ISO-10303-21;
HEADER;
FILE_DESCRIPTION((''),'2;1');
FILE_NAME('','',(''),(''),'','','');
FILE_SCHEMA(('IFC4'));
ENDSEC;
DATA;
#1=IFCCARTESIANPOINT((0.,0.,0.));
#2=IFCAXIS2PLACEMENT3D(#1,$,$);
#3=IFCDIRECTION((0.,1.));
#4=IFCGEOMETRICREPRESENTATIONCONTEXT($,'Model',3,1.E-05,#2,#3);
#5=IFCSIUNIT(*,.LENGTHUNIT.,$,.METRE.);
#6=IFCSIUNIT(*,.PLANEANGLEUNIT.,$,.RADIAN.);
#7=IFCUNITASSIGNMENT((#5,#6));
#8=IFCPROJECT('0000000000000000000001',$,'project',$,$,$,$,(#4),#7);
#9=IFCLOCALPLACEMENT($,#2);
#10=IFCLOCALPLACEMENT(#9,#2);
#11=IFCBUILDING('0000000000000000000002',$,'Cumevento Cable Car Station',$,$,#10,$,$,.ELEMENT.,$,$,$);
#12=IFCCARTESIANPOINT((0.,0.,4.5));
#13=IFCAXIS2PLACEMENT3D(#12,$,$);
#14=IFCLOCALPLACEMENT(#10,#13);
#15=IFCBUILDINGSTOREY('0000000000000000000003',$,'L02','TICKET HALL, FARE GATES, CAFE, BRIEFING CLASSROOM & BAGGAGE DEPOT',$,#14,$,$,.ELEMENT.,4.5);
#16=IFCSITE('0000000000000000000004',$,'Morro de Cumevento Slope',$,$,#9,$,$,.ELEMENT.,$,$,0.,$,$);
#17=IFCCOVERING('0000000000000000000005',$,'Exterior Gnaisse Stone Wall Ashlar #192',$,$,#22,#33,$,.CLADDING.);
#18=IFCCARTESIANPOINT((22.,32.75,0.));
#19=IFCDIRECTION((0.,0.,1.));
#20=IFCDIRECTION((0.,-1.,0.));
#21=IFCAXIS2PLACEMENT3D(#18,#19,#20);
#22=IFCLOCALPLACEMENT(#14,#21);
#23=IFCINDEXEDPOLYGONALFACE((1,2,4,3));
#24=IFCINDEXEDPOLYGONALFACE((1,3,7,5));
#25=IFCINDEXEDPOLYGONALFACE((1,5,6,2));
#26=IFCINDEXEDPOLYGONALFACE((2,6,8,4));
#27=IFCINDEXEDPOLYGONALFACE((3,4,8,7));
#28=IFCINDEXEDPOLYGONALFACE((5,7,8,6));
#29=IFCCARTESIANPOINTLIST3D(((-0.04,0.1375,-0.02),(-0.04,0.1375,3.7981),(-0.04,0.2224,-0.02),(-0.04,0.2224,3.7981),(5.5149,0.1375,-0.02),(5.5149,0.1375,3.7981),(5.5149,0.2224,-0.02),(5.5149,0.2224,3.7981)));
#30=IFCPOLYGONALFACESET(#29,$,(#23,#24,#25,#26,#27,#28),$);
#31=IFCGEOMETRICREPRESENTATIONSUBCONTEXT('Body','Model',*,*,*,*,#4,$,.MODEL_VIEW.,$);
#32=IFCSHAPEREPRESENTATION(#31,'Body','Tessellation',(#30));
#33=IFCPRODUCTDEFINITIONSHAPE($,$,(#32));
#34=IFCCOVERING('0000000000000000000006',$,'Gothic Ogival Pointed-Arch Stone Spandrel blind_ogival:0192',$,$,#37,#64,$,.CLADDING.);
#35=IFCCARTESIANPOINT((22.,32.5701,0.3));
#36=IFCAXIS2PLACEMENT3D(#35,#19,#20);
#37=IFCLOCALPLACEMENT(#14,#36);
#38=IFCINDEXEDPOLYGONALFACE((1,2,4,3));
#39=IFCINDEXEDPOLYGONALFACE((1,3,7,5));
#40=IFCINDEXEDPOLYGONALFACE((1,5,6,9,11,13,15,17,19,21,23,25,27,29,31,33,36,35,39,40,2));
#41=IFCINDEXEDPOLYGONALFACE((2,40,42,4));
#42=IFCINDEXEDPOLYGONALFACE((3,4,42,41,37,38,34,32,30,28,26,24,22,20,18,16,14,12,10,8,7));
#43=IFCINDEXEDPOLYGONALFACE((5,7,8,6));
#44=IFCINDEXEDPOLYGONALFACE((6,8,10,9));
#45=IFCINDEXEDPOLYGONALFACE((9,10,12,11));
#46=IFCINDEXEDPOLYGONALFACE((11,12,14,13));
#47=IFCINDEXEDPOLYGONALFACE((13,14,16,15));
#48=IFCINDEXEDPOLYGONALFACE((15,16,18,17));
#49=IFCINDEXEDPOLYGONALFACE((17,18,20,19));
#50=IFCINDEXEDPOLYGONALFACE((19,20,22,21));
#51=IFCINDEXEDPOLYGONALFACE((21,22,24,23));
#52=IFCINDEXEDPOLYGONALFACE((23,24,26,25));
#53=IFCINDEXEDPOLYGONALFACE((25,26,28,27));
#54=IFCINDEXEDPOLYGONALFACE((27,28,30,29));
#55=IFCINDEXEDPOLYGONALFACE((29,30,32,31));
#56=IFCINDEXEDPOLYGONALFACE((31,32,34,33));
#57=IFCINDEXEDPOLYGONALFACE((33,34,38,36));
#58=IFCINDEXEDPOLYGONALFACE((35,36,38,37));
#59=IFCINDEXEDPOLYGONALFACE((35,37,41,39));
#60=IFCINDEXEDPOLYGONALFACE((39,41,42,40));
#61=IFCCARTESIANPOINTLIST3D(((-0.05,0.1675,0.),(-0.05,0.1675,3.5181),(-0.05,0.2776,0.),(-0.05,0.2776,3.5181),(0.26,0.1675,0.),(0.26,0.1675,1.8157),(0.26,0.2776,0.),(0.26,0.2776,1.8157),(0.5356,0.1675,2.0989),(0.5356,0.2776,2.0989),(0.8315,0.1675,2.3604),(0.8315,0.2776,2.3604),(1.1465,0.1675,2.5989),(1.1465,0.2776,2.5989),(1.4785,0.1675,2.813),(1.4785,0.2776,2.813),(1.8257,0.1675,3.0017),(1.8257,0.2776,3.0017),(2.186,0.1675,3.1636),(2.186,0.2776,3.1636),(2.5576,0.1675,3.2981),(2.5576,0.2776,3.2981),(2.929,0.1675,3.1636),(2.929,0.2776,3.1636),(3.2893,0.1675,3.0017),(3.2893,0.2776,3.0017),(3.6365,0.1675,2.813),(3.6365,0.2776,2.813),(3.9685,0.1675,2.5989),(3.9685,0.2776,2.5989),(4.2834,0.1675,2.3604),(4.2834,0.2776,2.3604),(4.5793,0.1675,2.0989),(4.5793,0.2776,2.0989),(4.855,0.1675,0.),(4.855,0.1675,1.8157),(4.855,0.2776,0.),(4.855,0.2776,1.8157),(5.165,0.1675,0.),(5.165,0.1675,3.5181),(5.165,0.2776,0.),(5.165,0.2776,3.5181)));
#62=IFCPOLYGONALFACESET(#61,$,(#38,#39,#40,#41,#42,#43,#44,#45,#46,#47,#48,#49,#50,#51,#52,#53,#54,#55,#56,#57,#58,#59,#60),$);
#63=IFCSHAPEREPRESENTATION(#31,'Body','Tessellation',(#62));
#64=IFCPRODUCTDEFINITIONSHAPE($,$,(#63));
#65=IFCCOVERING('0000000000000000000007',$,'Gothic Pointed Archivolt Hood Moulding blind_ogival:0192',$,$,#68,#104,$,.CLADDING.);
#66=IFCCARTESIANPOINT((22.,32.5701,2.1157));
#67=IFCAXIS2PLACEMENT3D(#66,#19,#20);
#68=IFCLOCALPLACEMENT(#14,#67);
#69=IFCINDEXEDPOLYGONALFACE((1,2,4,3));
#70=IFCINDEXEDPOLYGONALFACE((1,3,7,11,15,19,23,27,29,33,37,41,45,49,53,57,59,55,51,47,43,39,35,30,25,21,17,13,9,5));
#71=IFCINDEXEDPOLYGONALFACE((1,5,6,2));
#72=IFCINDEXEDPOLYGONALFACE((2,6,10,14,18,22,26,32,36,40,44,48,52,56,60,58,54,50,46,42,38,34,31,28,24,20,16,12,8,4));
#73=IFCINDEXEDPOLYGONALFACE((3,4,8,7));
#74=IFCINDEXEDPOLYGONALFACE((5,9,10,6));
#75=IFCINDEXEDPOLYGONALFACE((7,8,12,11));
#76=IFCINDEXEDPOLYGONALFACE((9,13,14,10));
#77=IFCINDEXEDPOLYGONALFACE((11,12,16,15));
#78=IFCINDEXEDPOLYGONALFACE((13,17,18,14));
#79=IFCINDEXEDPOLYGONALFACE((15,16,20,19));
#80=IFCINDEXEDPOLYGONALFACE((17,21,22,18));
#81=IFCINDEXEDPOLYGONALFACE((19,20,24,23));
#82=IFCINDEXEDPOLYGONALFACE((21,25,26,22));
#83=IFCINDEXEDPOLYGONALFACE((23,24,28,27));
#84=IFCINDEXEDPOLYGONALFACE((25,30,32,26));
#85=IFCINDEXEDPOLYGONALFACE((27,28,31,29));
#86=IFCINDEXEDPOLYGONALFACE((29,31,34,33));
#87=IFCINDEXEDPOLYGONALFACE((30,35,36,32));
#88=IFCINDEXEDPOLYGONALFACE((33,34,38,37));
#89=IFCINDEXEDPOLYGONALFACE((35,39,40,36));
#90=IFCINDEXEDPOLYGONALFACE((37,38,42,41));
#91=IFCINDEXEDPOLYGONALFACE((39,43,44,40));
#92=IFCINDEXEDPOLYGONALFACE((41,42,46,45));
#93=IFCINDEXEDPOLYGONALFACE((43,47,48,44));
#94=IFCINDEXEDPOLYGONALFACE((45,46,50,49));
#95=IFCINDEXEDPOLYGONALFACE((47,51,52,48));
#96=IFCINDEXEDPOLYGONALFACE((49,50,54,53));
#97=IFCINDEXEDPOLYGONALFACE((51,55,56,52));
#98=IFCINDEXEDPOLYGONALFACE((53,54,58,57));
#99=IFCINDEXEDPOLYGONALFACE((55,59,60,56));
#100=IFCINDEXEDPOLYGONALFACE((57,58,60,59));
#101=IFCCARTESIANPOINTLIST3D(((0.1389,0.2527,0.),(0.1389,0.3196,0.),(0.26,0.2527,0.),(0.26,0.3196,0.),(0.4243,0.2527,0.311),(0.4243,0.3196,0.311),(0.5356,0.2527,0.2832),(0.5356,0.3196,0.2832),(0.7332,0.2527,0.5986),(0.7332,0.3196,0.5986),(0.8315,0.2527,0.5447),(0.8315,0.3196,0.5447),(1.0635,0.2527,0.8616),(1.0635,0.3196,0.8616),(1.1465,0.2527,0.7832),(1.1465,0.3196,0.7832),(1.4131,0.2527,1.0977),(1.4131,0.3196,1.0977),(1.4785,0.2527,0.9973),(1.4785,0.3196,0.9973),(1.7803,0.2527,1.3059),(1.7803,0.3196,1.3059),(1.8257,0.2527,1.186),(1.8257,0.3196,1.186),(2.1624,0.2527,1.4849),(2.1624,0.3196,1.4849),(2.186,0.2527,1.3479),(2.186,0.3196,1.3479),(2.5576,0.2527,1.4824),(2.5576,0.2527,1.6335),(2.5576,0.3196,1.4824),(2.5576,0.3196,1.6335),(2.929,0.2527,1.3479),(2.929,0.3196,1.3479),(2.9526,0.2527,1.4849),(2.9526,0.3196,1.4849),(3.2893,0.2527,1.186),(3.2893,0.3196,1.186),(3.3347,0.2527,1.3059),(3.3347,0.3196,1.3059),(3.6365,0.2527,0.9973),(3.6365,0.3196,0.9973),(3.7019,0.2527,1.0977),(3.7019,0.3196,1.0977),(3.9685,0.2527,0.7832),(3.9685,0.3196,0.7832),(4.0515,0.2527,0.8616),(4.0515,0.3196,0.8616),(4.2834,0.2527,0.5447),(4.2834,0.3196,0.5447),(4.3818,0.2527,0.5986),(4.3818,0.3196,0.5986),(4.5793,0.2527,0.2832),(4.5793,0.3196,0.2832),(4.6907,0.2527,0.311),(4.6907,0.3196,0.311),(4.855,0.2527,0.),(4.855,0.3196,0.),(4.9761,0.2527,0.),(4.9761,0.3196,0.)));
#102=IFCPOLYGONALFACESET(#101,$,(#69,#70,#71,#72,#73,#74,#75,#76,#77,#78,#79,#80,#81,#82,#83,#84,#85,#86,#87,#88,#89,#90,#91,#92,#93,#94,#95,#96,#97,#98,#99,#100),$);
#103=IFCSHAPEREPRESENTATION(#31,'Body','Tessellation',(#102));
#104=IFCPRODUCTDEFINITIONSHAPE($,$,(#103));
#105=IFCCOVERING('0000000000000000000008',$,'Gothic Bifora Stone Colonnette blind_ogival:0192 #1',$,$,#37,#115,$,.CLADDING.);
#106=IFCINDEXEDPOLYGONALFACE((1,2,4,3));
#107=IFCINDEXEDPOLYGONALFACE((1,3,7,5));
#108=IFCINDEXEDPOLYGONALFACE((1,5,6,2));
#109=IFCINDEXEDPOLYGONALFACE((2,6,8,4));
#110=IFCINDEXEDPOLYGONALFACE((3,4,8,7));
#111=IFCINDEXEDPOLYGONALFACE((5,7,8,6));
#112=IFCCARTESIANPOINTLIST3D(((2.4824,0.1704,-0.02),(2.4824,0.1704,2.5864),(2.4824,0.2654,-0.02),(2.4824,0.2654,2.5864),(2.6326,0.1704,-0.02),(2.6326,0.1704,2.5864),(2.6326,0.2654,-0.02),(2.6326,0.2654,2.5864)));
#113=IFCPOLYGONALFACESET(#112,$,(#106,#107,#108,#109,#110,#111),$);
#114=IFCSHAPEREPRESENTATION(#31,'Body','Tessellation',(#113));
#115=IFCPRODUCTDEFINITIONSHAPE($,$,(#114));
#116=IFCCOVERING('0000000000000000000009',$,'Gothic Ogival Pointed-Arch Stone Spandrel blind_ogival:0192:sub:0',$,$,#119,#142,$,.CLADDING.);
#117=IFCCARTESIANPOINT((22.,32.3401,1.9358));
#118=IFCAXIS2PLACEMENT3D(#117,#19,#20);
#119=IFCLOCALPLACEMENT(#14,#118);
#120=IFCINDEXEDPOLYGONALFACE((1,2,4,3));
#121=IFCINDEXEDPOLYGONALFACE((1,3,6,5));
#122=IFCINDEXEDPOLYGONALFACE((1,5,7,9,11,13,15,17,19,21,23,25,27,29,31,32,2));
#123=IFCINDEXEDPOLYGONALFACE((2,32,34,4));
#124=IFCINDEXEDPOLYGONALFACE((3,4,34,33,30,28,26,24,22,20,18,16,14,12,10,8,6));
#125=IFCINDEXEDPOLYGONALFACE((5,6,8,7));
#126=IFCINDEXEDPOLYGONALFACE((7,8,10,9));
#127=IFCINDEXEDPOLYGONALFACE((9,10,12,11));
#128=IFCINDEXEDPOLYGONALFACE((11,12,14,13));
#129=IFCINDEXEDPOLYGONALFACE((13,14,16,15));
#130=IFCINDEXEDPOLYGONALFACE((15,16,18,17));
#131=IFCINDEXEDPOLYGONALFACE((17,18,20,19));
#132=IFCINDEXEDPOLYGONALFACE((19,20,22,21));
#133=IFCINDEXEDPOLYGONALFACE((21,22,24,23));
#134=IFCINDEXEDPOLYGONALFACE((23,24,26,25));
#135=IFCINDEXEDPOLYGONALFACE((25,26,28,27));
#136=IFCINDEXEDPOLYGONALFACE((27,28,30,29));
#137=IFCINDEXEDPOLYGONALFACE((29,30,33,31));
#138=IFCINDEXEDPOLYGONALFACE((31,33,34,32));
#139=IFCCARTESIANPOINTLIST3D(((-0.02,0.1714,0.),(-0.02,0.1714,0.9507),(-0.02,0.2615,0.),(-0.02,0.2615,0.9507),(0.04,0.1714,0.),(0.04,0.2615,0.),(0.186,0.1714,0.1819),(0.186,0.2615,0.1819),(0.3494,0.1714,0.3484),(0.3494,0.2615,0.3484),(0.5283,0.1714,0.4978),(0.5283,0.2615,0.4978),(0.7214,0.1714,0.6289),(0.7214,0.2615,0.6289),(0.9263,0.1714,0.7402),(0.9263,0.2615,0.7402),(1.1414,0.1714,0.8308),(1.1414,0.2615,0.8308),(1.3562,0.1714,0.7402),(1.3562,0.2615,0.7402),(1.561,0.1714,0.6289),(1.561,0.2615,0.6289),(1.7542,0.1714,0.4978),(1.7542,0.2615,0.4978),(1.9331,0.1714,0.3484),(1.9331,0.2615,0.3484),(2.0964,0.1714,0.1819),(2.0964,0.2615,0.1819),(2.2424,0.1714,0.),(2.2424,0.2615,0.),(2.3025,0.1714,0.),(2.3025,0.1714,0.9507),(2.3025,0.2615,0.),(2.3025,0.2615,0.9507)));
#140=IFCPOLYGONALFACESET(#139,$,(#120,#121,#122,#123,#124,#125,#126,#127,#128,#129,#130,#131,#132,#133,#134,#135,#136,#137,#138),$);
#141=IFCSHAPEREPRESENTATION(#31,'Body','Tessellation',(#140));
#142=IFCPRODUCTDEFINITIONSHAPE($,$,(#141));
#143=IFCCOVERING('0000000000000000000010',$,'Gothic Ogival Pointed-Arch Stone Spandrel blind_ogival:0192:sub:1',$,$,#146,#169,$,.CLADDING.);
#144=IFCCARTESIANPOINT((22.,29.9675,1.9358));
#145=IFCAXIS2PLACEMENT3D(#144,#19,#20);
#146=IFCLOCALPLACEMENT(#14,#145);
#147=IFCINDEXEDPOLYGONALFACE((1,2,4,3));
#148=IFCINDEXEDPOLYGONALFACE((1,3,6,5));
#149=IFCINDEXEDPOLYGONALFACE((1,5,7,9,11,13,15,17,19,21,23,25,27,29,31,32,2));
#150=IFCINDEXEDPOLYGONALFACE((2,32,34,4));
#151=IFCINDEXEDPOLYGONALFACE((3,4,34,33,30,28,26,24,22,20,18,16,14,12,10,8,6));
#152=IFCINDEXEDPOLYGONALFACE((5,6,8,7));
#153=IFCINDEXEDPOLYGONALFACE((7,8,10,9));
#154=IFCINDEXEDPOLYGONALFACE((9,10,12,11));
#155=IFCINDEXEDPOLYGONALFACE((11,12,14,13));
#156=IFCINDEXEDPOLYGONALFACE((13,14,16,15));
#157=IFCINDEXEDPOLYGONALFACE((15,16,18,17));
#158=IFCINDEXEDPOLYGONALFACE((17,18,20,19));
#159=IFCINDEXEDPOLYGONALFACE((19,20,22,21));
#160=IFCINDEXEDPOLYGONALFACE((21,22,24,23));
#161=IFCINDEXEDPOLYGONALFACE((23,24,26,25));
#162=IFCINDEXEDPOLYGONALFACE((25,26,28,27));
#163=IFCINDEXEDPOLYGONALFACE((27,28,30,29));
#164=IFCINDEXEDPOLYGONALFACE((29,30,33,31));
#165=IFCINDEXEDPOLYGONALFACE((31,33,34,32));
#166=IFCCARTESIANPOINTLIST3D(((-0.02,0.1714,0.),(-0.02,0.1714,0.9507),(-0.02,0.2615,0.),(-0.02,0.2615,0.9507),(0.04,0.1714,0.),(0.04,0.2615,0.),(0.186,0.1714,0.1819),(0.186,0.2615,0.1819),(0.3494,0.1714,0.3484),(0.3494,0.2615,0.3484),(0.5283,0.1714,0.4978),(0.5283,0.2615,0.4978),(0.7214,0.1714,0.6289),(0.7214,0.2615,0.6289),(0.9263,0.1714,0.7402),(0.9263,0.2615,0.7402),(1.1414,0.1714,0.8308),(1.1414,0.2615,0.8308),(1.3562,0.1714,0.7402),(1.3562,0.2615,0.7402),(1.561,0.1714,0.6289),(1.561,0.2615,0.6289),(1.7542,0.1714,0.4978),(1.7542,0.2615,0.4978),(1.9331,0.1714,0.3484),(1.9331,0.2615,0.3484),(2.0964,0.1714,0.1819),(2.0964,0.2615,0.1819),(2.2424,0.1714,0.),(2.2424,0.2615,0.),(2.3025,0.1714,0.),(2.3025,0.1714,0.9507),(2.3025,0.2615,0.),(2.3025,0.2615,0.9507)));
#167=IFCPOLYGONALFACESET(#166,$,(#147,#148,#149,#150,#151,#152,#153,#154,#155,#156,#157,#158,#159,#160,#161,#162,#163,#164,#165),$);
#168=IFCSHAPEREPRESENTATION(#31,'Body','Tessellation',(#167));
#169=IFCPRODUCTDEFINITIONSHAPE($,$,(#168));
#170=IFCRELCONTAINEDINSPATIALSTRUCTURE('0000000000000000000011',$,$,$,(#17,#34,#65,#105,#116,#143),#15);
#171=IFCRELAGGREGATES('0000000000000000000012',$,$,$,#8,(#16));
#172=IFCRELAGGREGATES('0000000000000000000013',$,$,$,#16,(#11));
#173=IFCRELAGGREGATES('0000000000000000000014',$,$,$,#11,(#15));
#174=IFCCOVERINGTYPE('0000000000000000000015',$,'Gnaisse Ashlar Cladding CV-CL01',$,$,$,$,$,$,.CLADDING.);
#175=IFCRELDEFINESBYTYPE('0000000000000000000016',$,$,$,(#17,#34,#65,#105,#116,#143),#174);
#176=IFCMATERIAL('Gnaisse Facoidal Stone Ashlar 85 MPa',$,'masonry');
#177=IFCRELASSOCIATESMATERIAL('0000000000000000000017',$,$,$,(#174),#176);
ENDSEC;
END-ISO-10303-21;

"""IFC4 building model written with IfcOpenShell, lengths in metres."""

from ifc_helpers import new_model, si_unit, direction, frame, origin, place, context, subcontext, project, spatial, polyline, outline, extrude, material, type_object, element, save


model = new_model("IFC4")

# Units and contexts
model_context = context("Model", 3, precision=1e-05, world=origin(), true_north=direction((0.0, 1.0)))
body_context = subcontext(model_context, "Body", "Model", "MODEL_VIEW")
ifc_project = project(units=[si_unit("LENGTHUNIT", "METRE"), si_unit("PLANEANGLEUNIT", "RADIAN")], contexts=[model_context])

# Site, building, storey
site_placement = place(None, origin())
site = spatial("IfcSite", under=ifc_project, at=site_placement, Name="Morro de Cumevento Slope", CompositionType="ELEMENT", RefElevation=0.0)
building_placement = place(site_placement, origin())
building = spatial("IfcBuilding", under=site, at=building_placement, Name="Cumevento Cable Car Station", CompositionType="ELEMENT")
storey_placement = place(building_placement, frame((0.0, 0.0, 4.5)))
storey = spatial("IfcBuildingStorey", under=building, at=storey_placement, Name="L02", Description="TICKET HALL, FARE GATES, CAFE, BRIEFING CLASSROOM & BAGGAGE DEPOT", CompositionType="ELEMENT", Elevation=4.5)

# Coverings
ifc_material_1 = material(Name="Gnaisse Facoidal Stone Ashlar 85 MPa", Category="masonry")
covering_type = type_object("IfcCoveringType", Name="Gnaisse Ashlar Cladding CV-CL01", PredefinedType="CLADDING", material=ifc_material_1)
covering_1_placement = place(storey_placement, frame((22.0, 32.75, 0.0), z_axis=(0.0, 0.0, 1.0), x_axis=(0.0, -1.0, 0.0)))
element("IfcCovering", 1, at=covering_1_placement, inside=storey, type_object=covering_type, Name="Exterior Gnaisse Stone Wall Ashlar #192", PredefinedType="CLADDING", context=body_context, shape_type="SweptSolid", body=[
    extrude(outline(polyline([(-0.04, -0.02), (5.5149, -0.02), (5.5149, 3.7981), (-0.04, 3.7981), (-0.04, -0.02)])), frame((0.0, 0.2224, 0.0), z_axis=(0.0, -1.0, 0.0), x_axis=(1.0, 0.0, 0.0)), (0.0, 0.0, 1.0), 0.085),
])
placement = place(storey_placement, frame((22.0, 32.5701, 0.3), z_axis=(0.0, 0.0, 1.0), x_axis=(0.0, -1.0, 0.0)))
element("IfcCovering", 2, at=placement, inside=storey, type_object=covering_type, Name="Gothic Ogival Pointed-Arch Stone Spandrel blind_ogival:0192", PredefinedType="CLADDING", context=body_context, shape_type="SweptSolid", body=[
    extrude(outline(polyline([(-0.05, 0.0), (-0.05, 3.5181), (5.165, 3.5181), (5.165, 0.0), (4.855, 0.0), (4.855, 1.8157), (4.5793, 2.0989), (4.2834, 2.3604), (3.9685, 2.5989), (3.6365, 2.813), (3.2893, 3.0017), (2.929, 3.1636), (2.5576, 3.2981), (2.186, 3.1636), (1.8257, 3.0017), (1.4785, 2.813), (1.1465, 2.5989), (0.8315, 2.3604), (0.5356, 2.0989), (0.26, 1.8157), (0.26, 0.0), (-0.05, 0.0)])), frame((0.0, 0.2776, 0.0), z_axis=(0.0, -1.0, 0.0), x_axis=(1.0, 0.0, 0.0)), (0.0, 0.0, 1.0), 0.1101),
])
covering_2_placement = place(storey_placement, frame((22.0, 32.5701, 2.1157), z_axis=(0.0, 0.0, 1.0), x_axis=(0.0, -1.0, 0.0)))
element("IfcCovering", 3, at=covering_2_placement, inside=storey, type_object=covering_type, Name="Gothic Pointed Archivolt Hood Moulding blind_ogival:0192", PredefinedType="CLADDING", context=body_context, shape_type="SweptSolid", body=[
    extrude(outline(polyline([(0.26, 0.0), (0.5356, 0.2832), (0.8315, 0.5447), (1.1465, 0.7832), (1.4785, 0.9973), (1.8257, 1.186), (2.186, 1.3479), (2.5576, 1.4824), (2.929, 1.3479), (3.2893, 1.186), (3.6365, 0.9973), (3.9685, 0.7832), (4.2834, 0.5447), (4.5793, 0.2832), (4.855, 0.0), (4.9761, 0.0), (4.6907, 0.311), (4.3818, 0.5986), (4.0515, 0.8616), (3.7019, 1.0977), (3.3347, 1.3059), (2.9526, 1.4849), (2.5576, 1.6335), (2.1624, 1.4849), (1.7803, 1.3059), (1.4131, 1.0977), (1.0635, 0.8616), (0.7332, 0.5986), (0.4243, 0.311), (0.1389, 0.0), (0.26, 0.0)])), frame((0.0, 0.3196, 0.0), z_axis=(0.0, -1.0, 0.0), x_axis=(1.0, 0.0, 0.0)), (0.0, 0.0, 1.0), 0.0669),
])
element("IfcCovering", 4, at=placement, inside=storey, type_object=covering_type, Name="Gothic Bifora Stone Colonnette blind_ogival:0192 #1", PredefinedType="CLADDING", context=body_context, shape_type="SweptSolid", body=[
    extrude(outline(polyline([(2.4824, -0.02), (2.6326, -0.02), (2.6326, 2.5864), (2.4824, 2.5864), (2.4824, -0.02)])), frame((0.0, 0.2654, 0.0), z_axis=(0.0, -1.0, 0.0), x_axis=(1.0, 0.0, 0.0)), (0.0, 0.0, 1.0), 0.095),
])
for number, where, z_axis, x_axis, name in (
    (5, (22.0, 32.3401, 1.9358), (0.0, 0.0, 1.0), (0.0, -1.0, 0.0), "Gothic Ogival Pointed-Arch Stone Spandrel blind_ogival:0192:sub:0"),
    (6, (22.0, 29.9675, 1.9358), (0.0, 0.0, 1.0), (0.0, -1.0, 0.0), "Gothic Ogival Pointed-Arch Stone Spandrel blind_ogival:0192:sub:1"),
):
    element("IfcCovering", number, at=place(storey_placement, frame(where, z_axis=z_axis, x_axis=x_axis)), inside=storey, type_object=covering_type, Name=name, PredefinedType="CLADDING", context=body_context, shape_type="SweptSolid", body=[
        extrude(outline(polyline([(-0.02, 0.0), (-0.02, 0.9507), (2.3025, 0.9507), (2.3025, 0.0), (2.2424, 0.0), (2.0964, 0.1819), (1.9331, 0.3484), (1.7542, 0.4978), (1.561, 0.6289), (1.3562, 0.7402), (1.1414, 0.8308), (0.9263, 0.7402), (0.7214, 0.6289), (0.5283, 0.4978), (0.3494, 0.3484), (0.186, 0.1819), (0.04, 0.0), (-0.02, 0.0)])), frame((0.0, 0.2615, 0.0), z_axis=(0.0, -1.0, 0.0), x_axis=(1.0, 0.0, 0.0)), (0.0, 0.0, 1.0), 0.0901),
    ])

save(model, "model.ifc")
